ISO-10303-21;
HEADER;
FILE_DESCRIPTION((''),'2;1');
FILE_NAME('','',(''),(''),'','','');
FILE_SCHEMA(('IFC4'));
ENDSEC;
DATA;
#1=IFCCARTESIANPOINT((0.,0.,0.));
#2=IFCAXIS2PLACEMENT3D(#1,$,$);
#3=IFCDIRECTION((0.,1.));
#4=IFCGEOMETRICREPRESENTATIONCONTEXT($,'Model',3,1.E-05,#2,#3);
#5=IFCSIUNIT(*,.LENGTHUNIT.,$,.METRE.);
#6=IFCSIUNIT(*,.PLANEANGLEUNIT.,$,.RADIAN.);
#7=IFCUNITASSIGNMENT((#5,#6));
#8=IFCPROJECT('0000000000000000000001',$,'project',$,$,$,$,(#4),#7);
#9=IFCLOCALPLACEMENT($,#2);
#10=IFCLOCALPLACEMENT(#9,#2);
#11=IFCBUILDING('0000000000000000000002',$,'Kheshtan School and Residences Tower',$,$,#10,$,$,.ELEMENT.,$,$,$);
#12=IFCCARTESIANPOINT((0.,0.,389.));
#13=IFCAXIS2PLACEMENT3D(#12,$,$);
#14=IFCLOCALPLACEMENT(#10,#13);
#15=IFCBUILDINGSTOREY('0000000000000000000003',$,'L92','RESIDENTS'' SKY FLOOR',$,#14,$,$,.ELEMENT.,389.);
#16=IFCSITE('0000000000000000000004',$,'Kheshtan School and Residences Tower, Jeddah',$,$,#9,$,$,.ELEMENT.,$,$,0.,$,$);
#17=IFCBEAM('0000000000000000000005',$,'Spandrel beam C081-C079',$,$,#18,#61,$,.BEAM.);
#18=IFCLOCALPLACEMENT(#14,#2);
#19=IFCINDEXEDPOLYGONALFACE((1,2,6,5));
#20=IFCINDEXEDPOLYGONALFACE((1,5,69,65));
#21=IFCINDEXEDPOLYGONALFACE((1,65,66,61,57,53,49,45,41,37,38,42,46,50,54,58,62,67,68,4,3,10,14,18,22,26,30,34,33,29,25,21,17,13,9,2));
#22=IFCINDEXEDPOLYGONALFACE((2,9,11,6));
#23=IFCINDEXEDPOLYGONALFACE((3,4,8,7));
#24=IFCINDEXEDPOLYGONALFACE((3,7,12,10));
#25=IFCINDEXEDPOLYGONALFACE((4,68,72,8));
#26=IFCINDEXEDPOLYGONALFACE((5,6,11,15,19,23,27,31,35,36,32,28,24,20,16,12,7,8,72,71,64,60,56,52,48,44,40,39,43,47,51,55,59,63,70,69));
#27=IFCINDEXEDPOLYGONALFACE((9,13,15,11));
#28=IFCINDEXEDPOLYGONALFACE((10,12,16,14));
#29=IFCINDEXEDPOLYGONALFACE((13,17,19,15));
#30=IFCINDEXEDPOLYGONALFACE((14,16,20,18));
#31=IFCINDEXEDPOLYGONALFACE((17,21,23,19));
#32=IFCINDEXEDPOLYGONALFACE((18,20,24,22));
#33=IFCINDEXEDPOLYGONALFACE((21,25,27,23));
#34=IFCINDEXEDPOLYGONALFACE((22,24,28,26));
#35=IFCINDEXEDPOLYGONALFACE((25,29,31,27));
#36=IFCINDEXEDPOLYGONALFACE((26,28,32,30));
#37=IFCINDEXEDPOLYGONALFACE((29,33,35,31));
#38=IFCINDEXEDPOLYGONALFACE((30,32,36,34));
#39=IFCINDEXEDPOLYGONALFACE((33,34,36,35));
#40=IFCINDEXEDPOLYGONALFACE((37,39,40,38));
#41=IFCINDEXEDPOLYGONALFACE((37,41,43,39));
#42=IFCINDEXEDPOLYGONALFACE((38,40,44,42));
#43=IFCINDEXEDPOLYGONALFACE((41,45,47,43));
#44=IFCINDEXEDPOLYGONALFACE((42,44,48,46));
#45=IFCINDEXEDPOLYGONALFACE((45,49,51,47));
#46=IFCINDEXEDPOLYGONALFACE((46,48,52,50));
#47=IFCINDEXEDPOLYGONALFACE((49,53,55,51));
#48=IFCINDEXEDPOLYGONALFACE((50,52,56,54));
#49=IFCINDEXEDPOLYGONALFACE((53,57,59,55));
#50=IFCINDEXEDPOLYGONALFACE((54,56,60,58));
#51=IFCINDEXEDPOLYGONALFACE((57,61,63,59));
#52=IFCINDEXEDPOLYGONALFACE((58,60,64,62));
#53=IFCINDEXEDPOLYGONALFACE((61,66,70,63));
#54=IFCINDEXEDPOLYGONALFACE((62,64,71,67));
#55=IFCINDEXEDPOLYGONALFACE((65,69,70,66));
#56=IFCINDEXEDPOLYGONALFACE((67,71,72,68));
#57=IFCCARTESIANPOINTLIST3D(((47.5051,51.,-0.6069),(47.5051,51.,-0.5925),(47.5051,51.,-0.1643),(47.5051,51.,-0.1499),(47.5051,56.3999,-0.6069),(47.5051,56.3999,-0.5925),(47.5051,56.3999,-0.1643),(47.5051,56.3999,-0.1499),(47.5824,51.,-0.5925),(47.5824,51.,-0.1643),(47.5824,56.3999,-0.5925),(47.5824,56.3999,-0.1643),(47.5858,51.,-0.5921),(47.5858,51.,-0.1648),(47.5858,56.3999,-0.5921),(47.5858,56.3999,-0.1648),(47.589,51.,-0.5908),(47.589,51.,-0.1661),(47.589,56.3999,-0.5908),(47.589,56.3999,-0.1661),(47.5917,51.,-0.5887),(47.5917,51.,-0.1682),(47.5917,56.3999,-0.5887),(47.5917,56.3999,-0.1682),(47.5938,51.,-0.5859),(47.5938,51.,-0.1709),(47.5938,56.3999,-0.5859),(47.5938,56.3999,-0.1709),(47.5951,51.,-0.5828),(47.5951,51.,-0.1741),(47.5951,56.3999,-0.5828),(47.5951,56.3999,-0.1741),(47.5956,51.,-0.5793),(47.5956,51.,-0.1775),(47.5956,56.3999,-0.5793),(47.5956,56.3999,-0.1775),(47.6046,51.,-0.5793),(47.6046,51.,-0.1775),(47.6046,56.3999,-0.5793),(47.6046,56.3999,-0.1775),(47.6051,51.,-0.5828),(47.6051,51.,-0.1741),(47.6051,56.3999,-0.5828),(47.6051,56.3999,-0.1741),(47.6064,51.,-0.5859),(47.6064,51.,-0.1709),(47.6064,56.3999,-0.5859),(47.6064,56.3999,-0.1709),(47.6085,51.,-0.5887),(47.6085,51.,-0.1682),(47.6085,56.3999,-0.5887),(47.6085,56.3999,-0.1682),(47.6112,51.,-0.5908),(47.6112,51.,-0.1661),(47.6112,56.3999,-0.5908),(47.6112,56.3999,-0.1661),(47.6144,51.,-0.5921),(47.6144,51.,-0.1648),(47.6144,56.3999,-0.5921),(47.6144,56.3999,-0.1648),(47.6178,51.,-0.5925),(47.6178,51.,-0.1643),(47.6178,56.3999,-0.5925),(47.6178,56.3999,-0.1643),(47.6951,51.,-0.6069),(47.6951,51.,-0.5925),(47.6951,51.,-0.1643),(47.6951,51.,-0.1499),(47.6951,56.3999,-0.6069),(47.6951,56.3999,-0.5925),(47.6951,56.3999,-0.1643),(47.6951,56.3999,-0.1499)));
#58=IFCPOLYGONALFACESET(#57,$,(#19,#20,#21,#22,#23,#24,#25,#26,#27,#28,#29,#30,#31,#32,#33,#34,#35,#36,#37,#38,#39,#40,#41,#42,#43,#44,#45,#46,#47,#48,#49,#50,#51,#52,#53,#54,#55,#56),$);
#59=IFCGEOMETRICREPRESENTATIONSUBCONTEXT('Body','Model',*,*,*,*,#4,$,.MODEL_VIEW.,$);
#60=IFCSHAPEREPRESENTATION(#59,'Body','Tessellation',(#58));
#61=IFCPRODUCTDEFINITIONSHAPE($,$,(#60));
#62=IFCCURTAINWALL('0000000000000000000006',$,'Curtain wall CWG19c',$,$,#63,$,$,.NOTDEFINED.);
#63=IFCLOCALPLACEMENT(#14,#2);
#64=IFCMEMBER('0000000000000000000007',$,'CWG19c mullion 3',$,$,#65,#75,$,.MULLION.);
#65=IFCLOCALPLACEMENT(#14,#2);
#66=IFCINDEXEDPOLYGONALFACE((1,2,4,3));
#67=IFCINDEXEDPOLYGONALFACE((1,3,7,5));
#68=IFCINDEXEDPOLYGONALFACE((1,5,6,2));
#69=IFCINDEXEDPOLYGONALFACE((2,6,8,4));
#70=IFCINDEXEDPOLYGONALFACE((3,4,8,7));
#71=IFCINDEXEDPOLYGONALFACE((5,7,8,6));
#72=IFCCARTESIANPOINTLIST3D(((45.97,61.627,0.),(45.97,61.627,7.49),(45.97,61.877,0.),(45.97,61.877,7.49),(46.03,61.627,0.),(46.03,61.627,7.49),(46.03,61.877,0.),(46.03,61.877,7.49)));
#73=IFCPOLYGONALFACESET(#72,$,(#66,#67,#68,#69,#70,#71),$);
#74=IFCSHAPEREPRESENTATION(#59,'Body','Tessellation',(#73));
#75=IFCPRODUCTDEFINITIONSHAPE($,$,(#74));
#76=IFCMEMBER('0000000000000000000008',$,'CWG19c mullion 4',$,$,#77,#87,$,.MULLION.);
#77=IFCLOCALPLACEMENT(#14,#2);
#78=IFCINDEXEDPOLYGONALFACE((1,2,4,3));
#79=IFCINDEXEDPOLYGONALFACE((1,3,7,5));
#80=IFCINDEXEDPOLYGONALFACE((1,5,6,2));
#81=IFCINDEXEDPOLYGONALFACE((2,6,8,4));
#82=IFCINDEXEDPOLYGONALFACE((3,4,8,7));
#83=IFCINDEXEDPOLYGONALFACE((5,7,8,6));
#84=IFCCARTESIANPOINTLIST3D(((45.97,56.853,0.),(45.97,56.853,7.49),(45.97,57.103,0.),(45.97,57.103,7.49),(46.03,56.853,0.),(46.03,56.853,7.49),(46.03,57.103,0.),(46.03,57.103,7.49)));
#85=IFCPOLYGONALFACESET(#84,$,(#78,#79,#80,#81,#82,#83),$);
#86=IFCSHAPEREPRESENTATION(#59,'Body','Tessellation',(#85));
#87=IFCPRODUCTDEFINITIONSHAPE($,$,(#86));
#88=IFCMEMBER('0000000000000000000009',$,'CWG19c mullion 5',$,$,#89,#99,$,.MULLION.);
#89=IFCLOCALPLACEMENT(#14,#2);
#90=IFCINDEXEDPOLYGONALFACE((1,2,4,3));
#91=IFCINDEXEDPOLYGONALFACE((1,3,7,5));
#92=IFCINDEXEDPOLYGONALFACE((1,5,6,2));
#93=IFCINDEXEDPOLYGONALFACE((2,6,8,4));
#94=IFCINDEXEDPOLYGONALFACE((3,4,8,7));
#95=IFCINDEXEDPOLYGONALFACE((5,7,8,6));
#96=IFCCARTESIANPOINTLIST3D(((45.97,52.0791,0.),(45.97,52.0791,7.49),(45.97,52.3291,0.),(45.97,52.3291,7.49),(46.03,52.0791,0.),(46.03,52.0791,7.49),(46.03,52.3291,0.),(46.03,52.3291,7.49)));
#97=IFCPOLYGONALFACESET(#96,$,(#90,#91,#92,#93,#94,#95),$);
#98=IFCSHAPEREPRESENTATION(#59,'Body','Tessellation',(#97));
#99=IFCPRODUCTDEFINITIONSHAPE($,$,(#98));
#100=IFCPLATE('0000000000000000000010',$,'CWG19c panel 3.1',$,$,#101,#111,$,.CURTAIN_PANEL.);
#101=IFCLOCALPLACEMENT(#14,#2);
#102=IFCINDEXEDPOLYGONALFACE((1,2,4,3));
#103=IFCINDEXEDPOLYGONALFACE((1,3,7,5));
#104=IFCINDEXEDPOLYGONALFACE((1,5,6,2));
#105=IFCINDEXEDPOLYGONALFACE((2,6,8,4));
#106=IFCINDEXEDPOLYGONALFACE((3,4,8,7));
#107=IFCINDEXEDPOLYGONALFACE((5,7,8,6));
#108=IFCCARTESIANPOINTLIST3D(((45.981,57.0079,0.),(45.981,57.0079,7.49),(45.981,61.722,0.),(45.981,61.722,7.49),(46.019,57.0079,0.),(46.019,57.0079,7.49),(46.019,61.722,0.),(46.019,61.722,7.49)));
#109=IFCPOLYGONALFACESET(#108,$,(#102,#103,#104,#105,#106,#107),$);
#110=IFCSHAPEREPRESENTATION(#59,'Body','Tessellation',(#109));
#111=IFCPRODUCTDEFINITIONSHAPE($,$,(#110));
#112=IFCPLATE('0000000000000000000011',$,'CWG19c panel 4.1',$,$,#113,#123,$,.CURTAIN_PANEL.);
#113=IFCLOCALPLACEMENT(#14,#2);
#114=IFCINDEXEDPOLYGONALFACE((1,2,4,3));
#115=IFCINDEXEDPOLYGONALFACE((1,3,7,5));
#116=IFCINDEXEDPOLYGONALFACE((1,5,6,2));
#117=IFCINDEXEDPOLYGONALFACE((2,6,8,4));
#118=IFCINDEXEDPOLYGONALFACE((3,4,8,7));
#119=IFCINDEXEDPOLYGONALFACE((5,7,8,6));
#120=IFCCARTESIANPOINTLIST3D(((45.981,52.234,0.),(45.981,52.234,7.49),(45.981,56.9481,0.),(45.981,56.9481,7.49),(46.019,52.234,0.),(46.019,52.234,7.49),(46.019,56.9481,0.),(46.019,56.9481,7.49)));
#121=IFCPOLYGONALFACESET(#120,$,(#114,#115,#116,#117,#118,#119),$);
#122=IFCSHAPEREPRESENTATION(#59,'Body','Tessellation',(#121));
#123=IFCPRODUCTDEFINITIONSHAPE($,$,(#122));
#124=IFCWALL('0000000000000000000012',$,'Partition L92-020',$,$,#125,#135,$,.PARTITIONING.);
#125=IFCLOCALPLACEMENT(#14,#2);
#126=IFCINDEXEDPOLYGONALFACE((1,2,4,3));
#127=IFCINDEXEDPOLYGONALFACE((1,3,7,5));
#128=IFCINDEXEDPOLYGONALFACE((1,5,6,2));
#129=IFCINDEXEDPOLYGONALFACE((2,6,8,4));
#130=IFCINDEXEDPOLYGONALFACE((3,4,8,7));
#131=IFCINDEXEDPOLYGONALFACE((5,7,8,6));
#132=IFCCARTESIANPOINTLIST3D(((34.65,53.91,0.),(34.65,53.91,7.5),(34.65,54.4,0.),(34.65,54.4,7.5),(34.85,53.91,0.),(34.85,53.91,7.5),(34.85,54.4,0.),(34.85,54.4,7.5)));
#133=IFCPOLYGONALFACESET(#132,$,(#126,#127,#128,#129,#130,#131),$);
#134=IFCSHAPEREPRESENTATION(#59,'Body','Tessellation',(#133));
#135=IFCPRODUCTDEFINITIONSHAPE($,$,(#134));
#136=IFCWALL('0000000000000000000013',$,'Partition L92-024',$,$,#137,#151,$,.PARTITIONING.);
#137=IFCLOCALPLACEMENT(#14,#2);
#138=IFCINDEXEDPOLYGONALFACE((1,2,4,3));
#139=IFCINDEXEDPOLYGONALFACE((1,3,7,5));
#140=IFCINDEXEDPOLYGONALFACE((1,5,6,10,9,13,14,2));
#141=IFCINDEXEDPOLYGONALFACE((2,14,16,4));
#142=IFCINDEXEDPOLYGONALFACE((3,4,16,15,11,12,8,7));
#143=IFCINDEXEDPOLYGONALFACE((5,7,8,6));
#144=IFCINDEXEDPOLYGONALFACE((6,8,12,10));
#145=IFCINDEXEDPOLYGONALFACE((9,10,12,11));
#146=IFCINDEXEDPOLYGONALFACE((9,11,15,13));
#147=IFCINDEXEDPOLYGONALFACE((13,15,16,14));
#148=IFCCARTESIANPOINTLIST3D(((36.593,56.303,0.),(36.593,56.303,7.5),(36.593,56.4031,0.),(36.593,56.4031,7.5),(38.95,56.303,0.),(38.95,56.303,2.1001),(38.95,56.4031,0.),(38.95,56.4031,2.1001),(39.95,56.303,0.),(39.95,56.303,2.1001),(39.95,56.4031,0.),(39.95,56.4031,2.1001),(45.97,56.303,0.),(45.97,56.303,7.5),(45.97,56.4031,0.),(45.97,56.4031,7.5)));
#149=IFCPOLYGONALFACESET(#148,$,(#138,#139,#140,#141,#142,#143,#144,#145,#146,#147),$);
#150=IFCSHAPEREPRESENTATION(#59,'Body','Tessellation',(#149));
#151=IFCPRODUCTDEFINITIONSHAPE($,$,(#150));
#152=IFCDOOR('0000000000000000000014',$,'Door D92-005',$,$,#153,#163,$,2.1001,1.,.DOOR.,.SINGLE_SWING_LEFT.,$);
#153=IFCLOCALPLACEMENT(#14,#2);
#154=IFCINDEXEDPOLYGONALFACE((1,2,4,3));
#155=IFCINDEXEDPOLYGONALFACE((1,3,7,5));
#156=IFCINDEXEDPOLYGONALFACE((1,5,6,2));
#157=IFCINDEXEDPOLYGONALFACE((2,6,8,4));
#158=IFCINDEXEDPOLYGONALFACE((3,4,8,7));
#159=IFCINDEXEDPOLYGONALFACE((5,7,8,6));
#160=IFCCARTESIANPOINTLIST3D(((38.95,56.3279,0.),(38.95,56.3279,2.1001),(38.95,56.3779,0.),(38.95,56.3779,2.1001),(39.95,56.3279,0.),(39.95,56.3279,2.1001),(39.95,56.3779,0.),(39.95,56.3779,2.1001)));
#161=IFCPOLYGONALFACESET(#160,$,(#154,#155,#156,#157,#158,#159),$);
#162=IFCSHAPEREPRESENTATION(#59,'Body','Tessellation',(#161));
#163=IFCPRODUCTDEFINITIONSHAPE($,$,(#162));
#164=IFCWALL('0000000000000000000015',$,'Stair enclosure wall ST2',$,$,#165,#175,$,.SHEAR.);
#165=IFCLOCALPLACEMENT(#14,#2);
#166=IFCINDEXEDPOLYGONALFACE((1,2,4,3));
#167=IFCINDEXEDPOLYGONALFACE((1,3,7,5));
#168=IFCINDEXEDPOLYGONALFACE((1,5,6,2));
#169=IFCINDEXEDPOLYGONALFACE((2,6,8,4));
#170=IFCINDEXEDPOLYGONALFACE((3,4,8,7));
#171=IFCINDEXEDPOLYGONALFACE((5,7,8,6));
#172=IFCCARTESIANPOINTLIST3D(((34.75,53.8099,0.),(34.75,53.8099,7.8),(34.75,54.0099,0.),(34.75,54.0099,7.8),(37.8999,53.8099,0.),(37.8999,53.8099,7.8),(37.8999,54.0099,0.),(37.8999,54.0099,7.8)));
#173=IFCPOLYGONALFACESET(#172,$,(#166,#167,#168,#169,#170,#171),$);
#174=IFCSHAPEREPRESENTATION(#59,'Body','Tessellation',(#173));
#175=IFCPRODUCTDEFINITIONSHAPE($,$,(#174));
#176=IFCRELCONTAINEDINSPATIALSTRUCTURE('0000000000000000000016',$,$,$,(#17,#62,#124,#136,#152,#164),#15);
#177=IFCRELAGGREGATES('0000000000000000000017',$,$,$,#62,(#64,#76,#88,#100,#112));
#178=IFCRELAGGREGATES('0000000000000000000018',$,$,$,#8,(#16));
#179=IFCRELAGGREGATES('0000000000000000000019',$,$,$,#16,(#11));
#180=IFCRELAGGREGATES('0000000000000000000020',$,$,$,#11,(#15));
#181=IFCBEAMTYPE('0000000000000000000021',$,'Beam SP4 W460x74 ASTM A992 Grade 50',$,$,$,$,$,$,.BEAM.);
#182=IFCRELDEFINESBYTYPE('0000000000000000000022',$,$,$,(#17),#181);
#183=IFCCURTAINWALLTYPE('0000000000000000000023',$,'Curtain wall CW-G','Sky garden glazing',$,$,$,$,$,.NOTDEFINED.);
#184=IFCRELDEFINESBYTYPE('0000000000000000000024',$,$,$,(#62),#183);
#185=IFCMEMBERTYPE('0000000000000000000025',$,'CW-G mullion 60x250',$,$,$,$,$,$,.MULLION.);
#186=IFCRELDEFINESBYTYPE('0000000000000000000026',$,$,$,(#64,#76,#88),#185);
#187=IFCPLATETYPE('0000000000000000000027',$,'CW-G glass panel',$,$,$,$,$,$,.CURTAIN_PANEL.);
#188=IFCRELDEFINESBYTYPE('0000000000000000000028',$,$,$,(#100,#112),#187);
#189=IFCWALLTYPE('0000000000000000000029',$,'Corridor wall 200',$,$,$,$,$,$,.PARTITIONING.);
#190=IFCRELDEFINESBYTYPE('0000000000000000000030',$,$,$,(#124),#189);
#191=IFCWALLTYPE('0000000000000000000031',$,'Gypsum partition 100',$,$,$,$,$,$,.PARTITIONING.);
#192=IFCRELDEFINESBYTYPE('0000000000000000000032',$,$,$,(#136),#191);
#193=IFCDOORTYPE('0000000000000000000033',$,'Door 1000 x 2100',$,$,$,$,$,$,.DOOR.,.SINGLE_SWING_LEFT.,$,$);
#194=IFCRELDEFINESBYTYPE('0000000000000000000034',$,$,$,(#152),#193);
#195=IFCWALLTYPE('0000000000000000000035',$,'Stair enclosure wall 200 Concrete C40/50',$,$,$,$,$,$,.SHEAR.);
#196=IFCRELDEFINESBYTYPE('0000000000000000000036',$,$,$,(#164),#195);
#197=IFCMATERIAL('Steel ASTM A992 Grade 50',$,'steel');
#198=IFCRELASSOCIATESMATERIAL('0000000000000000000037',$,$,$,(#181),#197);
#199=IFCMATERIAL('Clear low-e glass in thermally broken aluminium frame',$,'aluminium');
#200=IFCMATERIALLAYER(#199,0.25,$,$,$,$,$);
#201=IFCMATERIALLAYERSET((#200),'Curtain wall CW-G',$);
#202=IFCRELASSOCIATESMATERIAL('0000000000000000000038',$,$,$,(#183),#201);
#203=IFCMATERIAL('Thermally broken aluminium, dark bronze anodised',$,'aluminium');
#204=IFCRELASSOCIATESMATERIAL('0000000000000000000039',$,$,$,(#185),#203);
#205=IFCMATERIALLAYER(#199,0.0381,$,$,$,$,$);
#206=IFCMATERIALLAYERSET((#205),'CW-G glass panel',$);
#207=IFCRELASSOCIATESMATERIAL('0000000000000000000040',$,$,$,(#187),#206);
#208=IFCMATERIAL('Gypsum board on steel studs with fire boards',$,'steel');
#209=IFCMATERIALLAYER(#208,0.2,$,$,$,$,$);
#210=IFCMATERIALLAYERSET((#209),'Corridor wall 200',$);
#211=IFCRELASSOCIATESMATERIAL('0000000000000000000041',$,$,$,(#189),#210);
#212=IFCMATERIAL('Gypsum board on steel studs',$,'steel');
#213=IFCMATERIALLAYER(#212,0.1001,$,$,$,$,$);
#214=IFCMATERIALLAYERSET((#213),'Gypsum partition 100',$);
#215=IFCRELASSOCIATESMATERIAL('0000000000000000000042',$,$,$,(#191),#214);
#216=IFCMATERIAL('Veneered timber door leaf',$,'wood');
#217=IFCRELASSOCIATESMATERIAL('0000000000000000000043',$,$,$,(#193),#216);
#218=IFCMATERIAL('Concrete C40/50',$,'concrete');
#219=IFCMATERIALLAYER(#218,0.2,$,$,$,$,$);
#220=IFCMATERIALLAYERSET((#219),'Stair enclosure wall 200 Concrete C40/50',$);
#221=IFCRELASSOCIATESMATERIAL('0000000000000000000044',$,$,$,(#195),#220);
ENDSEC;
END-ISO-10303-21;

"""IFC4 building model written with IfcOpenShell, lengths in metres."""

from ifc_helpers import new_model, si_unit, direction, frame, frame_2d, origin, origin_2d, place, context, subcontext, project, spatial, rectangle, i_section, extrude, source, transform, mapped, material, layer, layer_set, material_profile, profile_set, type_object, element, fill, aggregate, save


model = new_model("IFC4")

# Units and contexts
model_context = context("Model", 3, precision=1e-05, world=origin(), true_north=direction((0.0, 1.0)))
body_context = subcontext(model_context, "Body", "Model", "MODEL_VIEW")
ifc_project = project(units=[si_unit("LENGTHUNIT", "METRE"), si_unit("PLANEANGLEUNIT", "RADIAN")], contexts=[model_context])

# Site, building, storey
site_placement = place(None, origin())
site = spatial("IfcSite", under=ifc_project, at=site_placement, Name="Kheshtan School and Residences Tower, Jeddah", CompositionType="ELEMENT", RefElevation=0.0)
building_placement = place(site_placement, origin())
building = spatial("IfcBuilding", under=site, at=building_placement, Name="Kheshtan School and Residences Tower", CompositionType="ELEMENT")
storey_placement = place(building_placement, frame((0.0, 0.0, 389.0)))
storey = spatial("IfcBuildingStorey", under=building, at=storey_placement, Name="L92", Description="RESIDENTS' SKY FLOOR", CompositionType="ELEMENT", Elevation=389.0)

# Shared definitions
ifc_material_1 = material(Name="Steel ASTM A992 Grade 50", Category="steel")

# Beam
ifc_material_profile_1 = material_profile(ifc_material_1, i_section(OverallWidth=0.1899, OverallDepth=0.457, WebThickness=0.009, FlangeThickness=0.0144, FilletRadius=0.0132, at=origin_2d()), Name="W460x74")
ifc_profile_set_1 = profile_set([ifc_material_profile_1], Name="Steel ASTM A992 Grade 50")
beam_type_1 = type_object("IfcBeamType", Name="Beam SP4 W460x74 ASTM A992 Grade 50", PredefinedType="BEAM", material=ifc_profile_set_1)
beam_1_placement = place(storey_placement, frame((47.6001, 56.3999, -0.3784), z_axis=(0.0, -1.0, 0.0), x_axis=(1.0, 0.0, 0.0)))
element("IfcBeam", 1, at=beam_1_placement, inside=storey, type_object=beam_type_1, Name="Spandrel beam C081-C079", PredefinedType="BEAM", context=body_context, shape_type="SweptSolid", body=[
    extrude(i_section(OverallWidth=0.1899, OverallDepth=0.457, WebThickness=0.009, FlangeThickness=0.0144, FilletRadius=0.0132, at=origin_2d()), origin(), (0.0, 0.0, 1.0), 5.3999),
])

# Curtain wall, members, plates
ifc_material_2 = material(Name="Clear low-e glass in thermally broken aluminium frame", Category="aluminium")
ifc_layer_1 = layer(ifc_material_2, 0.25)
ifc_layer_set_1 = layer_set([ifc_layer_1], Name="Curtain wall CW-G")
curtain_wall_type = type_object("IfcCurtainWallType", Name="Curtain wall CW-G", Description="Sky garden glazing", PredefinedType="NOTDEFINED", material=ifc_layer_set_1)
curtain_wall_placement = place(storey_placement, origin())
curtain_wall = element("IfcCurtainWall", 2, at=curtain_wall_placement, inside=storey, type_object=curtain_wall_type, Name="Curtain wall CWG19c", PredefinedType="NOTDEFINED")
ifc_material_3 = material(Name="Thermally broken aluminium, dark bronze anodised", Category="aluminium")
ifc_material_profile_2 = material_profile(ifc_material_3, rectangle(XDim=0.0601, YDim=0.25, at=origin_2d()), Name="CW-G mullion 60x250")
ifc_profile_set_2 = profile_set([ifc_material_profile_2], Name="Thermally broken aluminium, dark bronze anodised")
member_type = type_object("IfcMemberType", Name="CW-G mullion 60x250", PredefinedType="MULLION", material=ifc_profile_set_2)
member_1_placement = place(storey_placement, frame((46.0, 61.752, 0.0), z_axis=(0.0, 0.0, 1.0), x_axis=(1.0, 0.0, 0.0)))
member_1 = element("IfcMember", 3, at=member_1_placement, type_object=member_type, Name="CWG19c mullion 3", PredefinedType="MULLION", context=body_context, shape_type="SweptSolid", body=[
    extrude(rectangle(XDim=0.0601, YDim=0.25, at=origin_2d()), origin(), (0.0, 0.0, 1.0), 7.49),
])
member_2_placement = place(storey_placement, frame((46.0, 56.978, 0.0), z_axis=(0.0, 0.0, 1.0), x_axis=(1.0, 0.0, 0.0)))
member_2 = element("IfcMember", 4, at=member_2_placement, type_object=member_type, Name="CWG19c mullion 4", PredefinedType="MULLION", context=body_context, shape_type="SweptSolid", body=[
    extrude(rectangle(XDim=0.0601, YDim=0.25, at=origin_2d()), origin(), (0.0, 0.0, 1.0), 7.49),
])
member_3_placement = place(storey_placement, frame((46.0, 52.2041, 0.0), z_axis=(0.0, 0.0, 1.0), x_axis=(1.0, 0.0, 0.0)))
member_3 = element("IfcMember", 5, at=member_3_placement, type_object=member_type, Name="CWG19c mullion 5", PredefinedType="MULLION", context=body_context, shape_type="SweptSolid", body=[
    extrude(rectangle(XDim=0.0601, YDim=0.25, at=origin_2d()), origin(), (0.0, 0.0, 1.0), 7.49),
])
ifc_layer_2 = layer(ifc_material_2, 0.0381)
ifc_layer_set_2 = layer_set([ifc_layer_2], Name="CW-G glass panel")
plate_type = type_object("IfcPlateType", Name="CW-G glass panel", PredefinedType="CURTAIN_PANEL", material=ifc_layer_set_2)
plate_1_placement = place(storey_placement, frame((46.0, 59.365, 0.0), z_axis=(0.0, 0.0, 1.0), x_axis=(0.0, -1.0, 0.0)))
plate_1 = element("IfcPlate", 6, at=plate_1_placement, type_object=plate_type, Name="CWG19c panel 3.1", PredefinedType="CURTAIN_PANEL", context=body_context, shape_type="SweptSolid", body=[
    extrude(rectangle(XDim=4.7141, YDim=0.0381, at=origin_2d()), origin(), (0.0, 0.0, 1.0), 7.49),
])
plate_2_placement = place(storey_placement, frame((46.0, 54.5911, 0.0), z_axis=(0.0, 0.0, 1.0), x_axis=(0.0, -1.0, 0.0)))
plate_2 = element("IfcPlate", 7, at=plate_2_placement, type_object=plate_type, Name="CWG19c panel 4.1", PredefinedType="CURTAIN_PANEL", context=body_context, shape_type="SweptSolid", body=[
    extrude(rectangle(XDim=4.7141, YDim=0.0381, at=origin_2d()), origin(), (0.0, 0.0, 1.0), 7.49),
])
aggregate(curtain_wall, [member_1, member_2, member_3, plate_1, plate_2])

# Wall
ifc_material_4 = material(Name="Gypsum board on steel studs with fire boards", Category="steel")
ifc_layer_3 = layer(ifc_material_4, 0.2)
ifc_layer_set_3 = layer_set([ifc_layer_3], Name="Corridor wall 200")
wall_type_1 = type_object("IfcWallType", Name="Corridor wall 200", PredefinedType="PARTITIONING", material=ifc_layer_set_3)
wall_1_placement = place(storey_placement, frame((34.75, 53.9099, 0.0), z_axis=(0.0, 0.0, 1.0), x_axis=(0.0, 1.0, 0.0)))
element("IfcWall", 8, at=wall_1_placement, inside=storey, type_object=wall_type_1, Name="Partition L92-020", PredefinedType="PARTITIONING", context=body_context, shape_type="SweptSolid", body=[
    extrude(rectangle(XDim=0.49, YDim=0.2, at=frame_2d((0.2451, 0.0))), origin(), (0.0, 0.0, 1.0), 7.5),
])

# Wall, opening, door
ifc_material_5 = material(Name="Gypsum board on steel studs", Category="steel")
ifc_layer_4 = layer(ifc_material_5, 0.1001)
ifc_layer_set_4 = layer_set([ifc_layer_4], Name="Gypsum partition 100")
wall_type_2 = type_object("IfcWallType", Name="Gypsum partition 100", PredefinedType="PARTITIONING", material=ifc_layer_set_4)
wall_2_placement = place(storey_placement, frame((36.593, 56.353, 0.0), z_axis=(0.0, 0.0, 1.0), x_axis=(1.0, 0.0, 0.0)))
wall_2 = element("IfcWall", 9, at=wall_2_placement, inside=storey, type_object=wall_type_2, Name="Partition L92-024", PredefinedType="PARTITIONING", context=body_context, shape_type="SweptSolid", body=[
    extrude(rectangle(XDim=9.377, YDim=0.1001, at=frame_2d((4.6885, 0.0))), origin(), (0.0, 0.0, 1.0), 7.5),
])
opening_1_placement = place(wall_2_placement, frame((2.3569, 0.0, 0.0)))
opening_1 = element("IfcOpeningElement", 10, at=opening_1_placement, cuts=wall_2, PredefinedType="OPENING", context=body_context, shape_type="SweptSolid", body=[
    extrude(rectangle(XDim=1.0, YDim=2.1001, at=frame_2d((0.5, 1.05))), frame((0.0, 0.0601, 0.0), z_axis=(0.0, -1.0, 0.0), x_axis=(1.0, 0.0, 0.0)), (0.0, 0.0, 1.0), 0.1201),
])
ifc_material_6 = material(Name="Veneered timber door leaf", Category="wood")
door_type_1 = type_object("IfcDoorType", Name="Door 1000 x 2100", OperationType="SINGLE_SWING_LEFT", PredefinedType="DOOR", material=ifc_material_6)
shared_shape_1 = source(origin(), body_context, "Body", "SweptSolid", [
    extrude(rectangle(XDim=1.0, YDim=2.1001, at=frame_2d((0.5, 1.05))), frame((0.0, 0.0249, 0.0), z_axis=(0.0, -1.0, 0.0), x_axis=(1.0, 0.0, 0.0)), (0.0, 0.0, 1.0), 0.05),
])
door_1_placement = place(opening_1_placement, origin())
door_1 = element("IfcDoor", 11, at=door_1_placement, inside=storey, type_object=door_type_1, Name="Door D92-005", OperationType="SINGLE_SWING_LEFT", OverallHeight=2.1001, OverallWidth=1.0, PredefinedType="DOOR", context=body_context, shape_type="MappedRepresentation", body=[
    mapped(shared_shape_1, transform((0.0, 0.0, 0.0), x_axis=(1.0, 0.0, 0.0), y_axis=(0.0, 1.0, 0.0), z_axis=(0.0, 0.0, 1.0), scale=1.0)),
])
fill(opening_1, door_1)

# Wall
ifc_material_7 = material(Name="Concrete C40/50", Category="concrete")
ifc_layer_5 = layer(ifc_material_7, 0.2)
ifc_layer_set_5 = layer_set([ifc_layer_5], Name="Stair enclosure wall 200 Concrete C40/50")
wall_type_3 = type_object("IfcWallType", Name="Stair enclosure wall 200 Concrete C40/50", PredefinedType="SHEAR", material=ifc_layer_set_5)
wall_3_placement = place(storey_placement, frame((34.75, 53.9099, 0.0), z_axis=(0.0, 0.0, 1.0), x_axis=(1.0, 0.0, 0.0)))
element("IfcWall", 12, at=wall_3_placement, inside=storey, type_object=wall_type_3, Name="Stair enclosure wall ST2", PredefinedType="SHEAR", context=body_context, shape_type="SweptSolid", body=[
    extrude(rectangle(XDim=3.1499, YDim=0.2, at=frame_2d((1.575, 0.0))), origin(), (0.0, 0.0, 1.0), 7.8),
])

save(model, "model.ifc")
